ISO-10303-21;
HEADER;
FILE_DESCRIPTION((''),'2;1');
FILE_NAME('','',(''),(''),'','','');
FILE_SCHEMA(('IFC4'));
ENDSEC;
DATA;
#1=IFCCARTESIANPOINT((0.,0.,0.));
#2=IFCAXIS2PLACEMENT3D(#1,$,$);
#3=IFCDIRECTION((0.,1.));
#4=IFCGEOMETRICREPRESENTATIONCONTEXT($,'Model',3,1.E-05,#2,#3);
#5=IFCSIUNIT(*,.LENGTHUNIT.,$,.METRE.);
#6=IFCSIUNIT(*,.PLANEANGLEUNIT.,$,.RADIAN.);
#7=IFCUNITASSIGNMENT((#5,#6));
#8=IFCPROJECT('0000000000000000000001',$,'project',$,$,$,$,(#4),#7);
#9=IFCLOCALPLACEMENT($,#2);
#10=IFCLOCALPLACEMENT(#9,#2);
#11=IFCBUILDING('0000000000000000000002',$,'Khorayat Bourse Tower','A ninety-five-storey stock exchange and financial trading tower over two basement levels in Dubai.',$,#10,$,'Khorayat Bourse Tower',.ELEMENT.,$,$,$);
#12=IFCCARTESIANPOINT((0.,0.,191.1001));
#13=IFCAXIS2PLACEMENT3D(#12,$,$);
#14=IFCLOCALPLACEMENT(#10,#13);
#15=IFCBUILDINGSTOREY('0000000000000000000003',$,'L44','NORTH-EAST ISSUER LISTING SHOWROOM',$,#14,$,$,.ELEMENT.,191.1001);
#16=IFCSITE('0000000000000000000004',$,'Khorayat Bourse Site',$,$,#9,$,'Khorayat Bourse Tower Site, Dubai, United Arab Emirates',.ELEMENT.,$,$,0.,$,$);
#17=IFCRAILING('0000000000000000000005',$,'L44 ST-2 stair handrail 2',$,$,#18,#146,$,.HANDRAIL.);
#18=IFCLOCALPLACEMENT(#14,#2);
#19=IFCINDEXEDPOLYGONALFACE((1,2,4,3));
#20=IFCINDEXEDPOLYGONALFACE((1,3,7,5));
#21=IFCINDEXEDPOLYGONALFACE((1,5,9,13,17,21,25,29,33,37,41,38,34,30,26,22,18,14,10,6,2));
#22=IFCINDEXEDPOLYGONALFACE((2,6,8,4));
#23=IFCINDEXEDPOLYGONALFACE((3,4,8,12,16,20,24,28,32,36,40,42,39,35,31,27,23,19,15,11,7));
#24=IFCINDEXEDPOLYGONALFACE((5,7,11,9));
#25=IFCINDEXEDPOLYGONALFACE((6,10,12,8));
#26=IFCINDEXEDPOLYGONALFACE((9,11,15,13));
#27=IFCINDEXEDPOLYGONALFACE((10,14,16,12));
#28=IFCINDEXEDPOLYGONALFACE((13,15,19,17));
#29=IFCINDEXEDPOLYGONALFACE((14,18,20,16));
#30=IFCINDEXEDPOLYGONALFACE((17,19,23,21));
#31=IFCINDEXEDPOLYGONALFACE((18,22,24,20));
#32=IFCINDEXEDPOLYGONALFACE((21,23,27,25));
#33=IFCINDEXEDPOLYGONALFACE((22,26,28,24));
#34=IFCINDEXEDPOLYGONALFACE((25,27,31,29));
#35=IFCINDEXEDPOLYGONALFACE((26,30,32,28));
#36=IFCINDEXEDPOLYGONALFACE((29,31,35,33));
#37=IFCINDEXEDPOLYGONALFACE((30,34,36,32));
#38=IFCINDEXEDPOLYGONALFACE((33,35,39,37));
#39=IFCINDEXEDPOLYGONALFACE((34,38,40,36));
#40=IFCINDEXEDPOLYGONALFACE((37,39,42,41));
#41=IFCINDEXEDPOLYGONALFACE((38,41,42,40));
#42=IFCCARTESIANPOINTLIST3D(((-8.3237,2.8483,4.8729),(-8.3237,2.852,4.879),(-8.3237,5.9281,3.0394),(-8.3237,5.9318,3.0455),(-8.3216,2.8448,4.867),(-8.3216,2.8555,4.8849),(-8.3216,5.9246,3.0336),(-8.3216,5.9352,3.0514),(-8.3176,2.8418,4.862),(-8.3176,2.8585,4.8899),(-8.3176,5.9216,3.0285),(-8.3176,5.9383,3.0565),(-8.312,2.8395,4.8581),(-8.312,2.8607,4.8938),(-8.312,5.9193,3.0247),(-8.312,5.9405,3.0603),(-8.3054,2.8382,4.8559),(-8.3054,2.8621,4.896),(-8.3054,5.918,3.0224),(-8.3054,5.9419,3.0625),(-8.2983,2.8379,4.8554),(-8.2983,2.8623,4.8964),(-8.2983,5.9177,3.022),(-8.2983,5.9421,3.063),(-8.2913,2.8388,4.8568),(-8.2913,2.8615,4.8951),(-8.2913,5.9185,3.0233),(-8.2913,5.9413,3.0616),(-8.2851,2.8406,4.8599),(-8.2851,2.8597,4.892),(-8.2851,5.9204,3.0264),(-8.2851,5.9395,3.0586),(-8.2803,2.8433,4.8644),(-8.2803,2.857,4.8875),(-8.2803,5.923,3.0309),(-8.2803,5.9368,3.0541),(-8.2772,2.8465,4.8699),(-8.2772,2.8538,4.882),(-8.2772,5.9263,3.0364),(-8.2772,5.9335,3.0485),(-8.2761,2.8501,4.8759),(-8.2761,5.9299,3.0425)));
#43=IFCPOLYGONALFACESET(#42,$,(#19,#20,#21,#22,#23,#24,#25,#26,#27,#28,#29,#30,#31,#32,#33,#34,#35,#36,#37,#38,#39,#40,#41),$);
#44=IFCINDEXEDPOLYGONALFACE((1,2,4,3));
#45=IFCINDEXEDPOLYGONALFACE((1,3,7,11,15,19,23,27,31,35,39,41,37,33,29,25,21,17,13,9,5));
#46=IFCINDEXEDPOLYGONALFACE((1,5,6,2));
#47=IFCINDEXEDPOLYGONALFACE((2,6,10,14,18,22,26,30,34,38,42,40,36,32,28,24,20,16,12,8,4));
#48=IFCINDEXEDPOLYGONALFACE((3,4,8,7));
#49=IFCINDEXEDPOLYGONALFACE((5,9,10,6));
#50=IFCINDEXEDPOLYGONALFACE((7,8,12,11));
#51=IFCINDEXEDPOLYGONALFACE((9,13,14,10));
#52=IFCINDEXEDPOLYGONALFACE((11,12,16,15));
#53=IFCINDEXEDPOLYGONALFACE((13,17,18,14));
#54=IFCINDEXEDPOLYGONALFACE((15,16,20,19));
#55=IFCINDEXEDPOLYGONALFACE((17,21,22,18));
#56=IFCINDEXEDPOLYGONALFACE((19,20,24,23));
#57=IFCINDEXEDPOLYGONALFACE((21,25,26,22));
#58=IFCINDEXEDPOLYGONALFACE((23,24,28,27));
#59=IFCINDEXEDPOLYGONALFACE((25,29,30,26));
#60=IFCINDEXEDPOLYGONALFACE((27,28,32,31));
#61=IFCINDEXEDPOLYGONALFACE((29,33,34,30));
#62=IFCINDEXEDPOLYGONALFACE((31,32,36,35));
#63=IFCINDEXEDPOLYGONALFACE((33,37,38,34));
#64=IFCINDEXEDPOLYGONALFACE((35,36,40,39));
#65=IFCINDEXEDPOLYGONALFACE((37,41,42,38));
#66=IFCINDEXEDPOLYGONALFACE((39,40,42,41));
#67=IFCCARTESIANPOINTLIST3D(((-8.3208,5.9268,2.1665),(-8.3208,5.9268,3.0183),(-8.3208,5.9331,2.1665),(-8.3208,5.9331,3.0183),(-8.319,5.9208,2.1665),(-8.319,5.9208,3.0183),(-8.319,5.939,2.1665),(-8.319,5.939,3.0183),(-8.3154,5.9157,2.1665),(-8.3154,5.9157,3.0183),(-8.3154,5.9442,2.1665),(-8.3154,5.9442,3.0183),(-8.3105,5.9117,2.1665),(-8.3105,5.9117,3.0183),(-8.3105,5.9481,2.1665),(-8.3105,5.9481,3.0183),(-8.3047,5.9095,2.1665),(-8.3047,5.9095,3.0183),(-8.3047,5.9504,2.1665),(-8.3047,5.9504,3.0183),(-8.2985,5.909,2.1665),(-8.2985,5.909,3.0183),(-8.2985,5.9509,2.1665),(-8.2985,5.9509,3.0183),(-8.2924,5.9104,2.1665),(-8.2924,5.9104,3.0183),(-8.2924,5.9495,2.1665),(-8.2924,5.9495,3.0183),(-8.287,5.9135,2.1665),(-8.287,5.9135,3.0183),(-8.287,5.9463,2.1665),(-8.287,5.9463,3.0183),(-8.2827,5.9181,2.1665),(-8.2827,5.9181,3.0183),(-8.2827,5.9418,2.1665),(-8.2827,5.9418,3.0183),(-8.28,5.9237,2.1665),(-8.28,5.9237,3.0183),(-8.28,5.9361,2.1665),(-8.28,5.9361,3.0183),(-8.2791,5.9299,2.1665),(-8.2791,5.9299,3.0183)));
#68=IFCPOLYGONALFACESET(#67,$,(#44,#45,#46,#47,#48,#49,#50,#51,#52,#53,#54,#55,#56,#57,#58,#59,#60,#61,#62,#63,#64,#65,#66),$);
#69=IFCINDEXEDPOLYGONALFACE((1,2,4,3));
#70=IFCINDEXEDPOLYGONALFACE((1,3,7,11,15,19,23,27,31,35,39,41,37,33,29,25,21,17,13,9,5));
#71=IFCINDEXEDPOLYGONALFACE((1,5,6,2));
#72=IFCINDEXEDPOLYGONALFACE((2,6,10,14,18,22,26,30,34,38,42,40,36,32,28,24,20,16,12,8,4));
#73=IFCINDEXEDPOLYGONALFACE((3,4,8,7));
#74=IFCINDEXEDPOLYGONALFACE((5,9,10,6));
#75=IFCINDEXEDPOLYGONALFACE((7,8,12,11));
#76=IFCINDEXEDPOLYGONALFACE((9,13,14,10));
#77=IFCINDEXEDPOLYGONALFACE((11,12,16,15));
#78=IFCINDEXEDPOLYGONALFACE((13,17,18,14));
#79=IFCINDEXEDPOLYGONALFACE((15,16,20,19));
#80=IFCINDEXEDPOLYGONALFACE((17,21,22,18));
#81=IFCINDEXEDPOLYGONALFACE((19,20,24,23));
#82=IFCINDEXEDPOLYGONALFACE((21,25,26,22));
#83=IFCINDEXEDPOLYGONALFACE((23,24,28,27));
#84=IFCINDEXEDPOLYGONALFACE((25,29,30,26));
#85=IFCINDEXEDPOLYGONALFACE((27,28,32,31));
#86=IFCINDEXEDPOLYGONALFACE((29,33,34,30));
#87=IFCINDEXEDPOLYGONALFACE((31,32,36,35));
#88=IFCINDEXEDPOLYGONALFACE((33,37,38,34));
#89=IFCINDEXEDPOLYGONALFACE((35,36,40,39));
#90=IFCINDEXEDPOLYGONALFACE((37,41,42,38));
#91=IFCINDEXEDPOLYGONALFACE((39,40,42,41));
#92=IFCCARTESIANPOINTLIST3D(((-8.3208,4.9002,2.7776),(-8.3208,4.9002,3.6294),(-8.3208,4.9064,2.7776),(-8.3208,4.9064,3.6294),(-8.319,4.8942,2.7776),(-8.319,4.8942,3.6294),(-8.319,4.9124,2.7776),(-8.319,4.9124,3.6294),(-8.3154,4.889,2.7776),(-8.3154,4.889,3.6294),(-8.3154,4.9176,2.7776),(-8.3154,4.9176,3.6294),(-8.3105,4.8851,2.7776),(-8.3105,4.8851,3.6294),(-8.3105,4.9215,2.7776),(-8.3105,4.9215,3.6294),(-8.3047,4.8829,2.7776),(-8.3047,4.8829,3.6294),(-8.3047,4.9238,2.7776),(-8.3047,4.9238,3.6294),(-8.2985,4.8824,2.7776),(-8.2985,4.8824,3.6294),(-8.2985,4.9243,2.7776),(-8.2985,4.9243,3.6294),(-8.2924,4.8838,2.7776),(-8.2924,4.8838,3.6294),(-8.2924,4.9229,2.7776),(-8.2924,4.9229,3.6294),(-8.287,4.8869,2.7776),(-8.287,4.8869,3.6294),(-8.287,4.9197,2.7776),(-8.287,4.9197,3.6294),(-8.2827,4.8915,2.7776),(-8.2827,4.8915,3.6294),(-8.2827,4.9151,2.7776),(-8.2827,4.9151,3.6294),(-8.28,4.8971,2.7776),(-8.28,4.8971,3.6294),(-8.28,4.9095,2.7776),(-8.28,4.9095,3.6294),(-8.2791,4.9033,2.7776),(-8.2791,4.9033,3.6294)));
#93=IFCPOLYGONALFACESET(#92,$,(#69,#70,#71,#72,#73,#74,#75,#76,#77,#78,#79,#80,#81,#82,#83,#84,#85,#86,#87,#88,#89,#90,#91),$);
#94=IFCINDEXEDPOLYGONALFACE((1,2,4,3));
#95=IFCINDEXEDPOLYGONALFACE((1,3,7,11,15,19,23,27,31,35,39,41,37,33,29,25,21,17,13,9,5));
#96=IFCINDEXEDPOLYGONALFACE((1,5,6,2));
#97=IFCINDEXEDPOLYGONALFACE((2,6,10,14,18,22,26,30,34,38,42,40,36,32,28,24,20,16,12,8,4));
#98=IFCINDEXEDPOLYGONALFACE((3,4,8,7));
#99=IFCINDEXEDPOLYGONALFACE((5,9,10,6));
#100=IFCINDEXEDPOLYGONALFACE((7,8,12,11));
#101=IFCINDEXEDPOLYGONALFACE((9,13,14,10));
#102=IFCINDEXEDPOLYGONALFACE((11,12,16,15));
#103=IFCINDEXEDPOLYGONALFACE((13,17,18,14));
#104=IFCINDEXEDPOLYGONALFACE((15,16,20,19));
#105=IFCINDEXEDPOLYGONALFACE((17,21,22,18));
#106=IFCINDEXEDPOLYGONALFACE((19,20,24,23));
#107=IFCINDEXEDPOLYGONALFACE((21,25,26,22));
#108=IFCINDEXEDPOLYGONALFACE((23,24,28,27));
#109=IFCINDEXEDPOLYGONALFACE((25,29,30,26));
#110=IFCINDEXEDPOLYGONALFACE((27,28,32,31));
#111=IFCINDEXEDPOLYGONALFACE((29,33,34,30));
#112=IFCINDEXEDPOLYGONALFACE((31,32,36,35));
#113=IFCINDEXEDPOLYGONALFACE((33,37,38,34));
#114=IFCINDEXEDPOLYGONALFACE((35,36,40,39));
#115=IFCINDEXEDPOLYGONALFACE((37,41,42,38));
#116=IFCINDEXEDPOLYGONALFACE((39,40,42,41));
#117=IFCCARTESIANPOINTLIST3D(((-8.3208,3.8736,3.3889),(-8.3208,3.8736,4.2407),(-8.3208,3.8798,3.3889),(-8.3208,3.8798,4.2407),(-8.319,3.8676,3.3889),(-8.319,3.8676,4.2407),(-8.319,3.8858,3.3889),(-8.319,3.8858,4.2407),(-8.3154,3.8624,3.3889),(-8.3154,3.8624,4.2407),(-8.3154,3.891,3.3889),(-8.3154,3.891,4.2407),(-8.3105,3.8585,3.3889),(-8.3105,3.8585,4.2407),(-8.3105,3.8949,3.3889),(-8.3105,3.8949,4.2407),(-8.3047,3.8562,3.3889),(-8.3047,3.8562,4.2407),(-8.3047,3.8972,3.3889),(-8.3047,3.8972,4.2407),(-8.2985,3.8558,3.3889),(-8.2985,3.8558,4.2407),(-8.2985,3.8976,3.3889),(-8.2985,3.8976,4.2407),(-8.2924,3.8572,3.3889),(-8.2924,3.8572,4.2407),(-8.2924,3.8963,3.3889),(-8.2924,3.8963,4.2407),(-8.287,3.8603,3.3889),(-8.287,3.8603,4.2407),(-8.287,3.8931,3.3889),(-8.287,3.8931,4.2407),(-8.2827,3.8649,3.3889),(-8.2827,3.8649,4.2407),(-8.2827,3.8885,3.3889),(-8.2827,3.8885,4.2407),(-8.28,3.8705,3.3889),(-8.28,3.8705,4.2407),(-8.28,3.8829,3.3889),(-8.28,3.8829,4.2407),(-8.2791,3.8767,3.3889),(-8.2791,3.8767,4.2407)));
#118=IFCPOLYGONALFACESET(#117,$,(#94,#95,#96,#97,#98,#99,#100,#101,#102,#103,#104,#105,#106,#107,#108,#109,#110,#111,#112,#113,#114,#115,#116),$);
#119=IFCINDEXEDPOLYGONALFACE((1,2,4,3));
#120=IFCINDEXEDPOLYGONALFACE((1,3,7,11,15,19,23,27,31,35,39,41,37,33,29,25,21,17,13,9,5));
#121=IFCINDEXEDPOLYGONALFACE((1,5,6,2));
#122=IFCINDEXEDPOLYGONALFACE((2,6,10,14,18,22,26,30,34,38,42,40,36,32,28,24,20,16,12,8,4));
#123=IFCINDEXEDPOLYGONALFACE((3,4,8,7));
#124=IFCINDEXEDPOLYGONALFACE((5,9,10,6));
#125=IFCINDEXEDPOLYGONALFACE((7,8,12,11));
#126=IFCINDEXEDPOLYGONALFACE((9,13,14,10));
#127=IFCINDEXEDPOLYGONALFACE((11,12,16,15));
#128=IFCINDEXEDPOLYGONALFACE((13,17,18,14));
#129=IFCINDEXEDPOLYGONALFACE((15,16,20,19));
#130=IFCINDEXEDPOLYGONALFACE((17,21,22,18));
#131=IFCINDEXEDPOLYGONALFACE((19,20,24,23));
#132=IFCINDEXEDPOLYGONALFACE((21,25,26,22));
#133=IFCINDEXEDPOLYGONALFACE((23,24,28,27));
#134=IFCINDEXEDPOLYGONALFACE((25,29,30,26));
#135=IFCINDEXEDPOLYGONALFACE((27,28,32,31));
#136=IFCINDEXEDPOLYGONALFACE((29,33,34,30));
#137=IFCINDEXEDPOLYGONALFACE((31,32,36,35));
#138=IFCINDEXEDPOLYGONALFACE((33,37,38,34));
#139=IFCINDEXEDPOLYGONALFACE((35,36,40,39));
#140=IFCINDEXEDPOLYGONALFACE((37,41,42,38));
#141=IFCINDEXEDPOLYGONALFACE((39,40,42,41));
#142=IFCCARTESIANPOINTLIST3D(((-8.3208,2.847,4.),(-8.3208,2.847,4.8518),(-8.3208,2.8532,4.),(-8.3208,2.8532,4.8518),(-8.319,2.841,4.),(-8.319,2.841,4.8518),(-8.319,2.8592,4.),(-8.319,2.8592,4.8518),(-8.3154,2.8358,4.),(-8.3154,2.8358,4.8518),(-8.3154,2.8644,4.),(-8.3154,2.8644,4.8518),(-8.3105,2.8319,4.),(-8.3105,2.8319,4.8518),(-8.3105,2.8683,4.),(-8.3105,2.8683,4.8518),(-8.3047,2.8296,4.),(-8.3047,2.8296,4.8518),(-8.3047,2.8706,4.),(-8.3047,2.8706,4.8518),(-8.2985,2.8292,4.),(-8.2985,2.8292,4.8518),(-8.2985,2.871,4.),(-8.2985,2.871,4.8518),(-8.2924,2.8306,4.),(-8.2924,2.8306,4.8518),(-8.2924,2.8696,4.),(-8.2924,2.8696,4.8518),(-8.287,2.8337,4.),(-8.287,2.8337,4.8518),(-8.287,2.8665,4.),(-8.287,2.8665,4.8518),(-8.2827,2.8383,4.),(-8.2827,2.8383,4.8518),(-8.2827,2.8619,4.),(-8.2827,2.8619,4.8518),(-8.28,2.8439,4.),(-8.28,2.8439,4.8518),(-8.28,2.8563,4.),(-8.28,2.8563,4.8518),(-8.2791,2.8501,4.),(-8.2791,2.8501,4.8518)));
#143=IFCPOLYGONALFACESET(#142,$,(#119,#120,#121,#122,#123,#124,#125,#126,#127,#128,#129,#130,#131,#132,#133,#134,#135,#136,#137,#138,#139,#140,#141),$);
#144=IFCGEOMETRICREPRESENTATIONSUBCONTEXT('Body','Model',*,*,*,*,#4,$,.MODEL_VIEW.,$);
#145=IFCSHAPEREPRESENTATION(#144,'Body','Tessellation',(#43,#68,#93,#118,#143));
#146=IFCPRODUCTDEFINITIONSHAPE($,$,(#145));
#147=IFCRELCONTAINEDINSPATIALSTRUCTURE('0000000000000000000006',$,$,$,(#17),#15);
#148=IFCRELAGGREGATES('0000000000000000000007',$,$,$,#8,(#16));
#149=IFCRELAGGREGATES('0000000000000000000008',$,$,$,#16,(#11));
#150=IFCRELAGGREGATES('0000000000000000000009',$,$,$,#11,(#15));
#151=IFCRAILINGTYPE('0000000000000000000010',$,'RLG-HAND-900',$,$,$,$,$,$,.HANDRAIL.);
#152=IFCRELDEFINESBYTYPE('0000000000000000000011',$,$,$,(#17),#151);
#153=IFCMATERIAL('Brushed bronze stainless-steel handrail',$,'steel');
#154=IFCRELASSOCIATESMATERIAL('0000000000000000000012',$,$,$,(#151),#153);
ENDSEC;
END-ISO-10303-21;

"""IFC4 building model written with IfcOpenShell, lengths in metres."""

from ifc_helpers import new_model, si_unit, direction, frame, origin, origin_2d, place, context, subcontext, project, spatial, circle, extrude, source, transform, mapped, material, type_object, element, save


model = new_model("IFC4")

# Units and contexts
model_context = context("Model", 3, precision=1e-05, world=origin(), true_north=direction((0.0, 1.0)))
body_context = subcontext(model_context, "Body", "Model", "MODEL_VIEW")
ifc_project = project(units=[si_unit("LENGTHUNIT", "METRE"), si_unit("PLANEANGLEUNIT", "RADIAN")], contexts=[model_context])

# Site, building, storey
site_placement = place(None, origin())
site = spatial("IfcSite", under=ifc_project, at=site_placement, Name="Khorayat Bourse Site", LongName="Khorayat Bourse Tower Site, Dubai, United Arab Emirates", CompositionType="ELEMENT", RefElevation=0.0)
building_placement = place(site_placement, origin())
building = spatial("IfcBuilding", under=site, at=building_placement, Name="Khorayat Bourse Tower", Description="A ninety-five-storey stock exchange and financial trading tower over two basement levels in Dubai.", LongName="Khorayat Bourse Tower", CompositionType="ELEMENT")
storey_placement = place(building_placement, frame((0.0, 0.0, 191.1001)))
storey = spatial("IfcBuildingStorey", under=building, at=storey_placement, Name="L44", Description="NORTH-EAST ISSUER LISTING SHOWROOM", CompositionType="ELEMENT", Elevation=191.1001)

# Railing
ifc_material_1 = material(Name="Brushed bronze stainless-steel handrail", Category="steel")
railing_type_1 = type_object("IfcRailingType", Name="RLG-HAND-900", PredefinedType="HANDRAIL", material=ifc_material_1)
shared_shape_1 = source(origin(), body_context, "Body", "SweptSolid", [
    extrude(circle(Radius=0.0239, at=origin_2d()), frame((0.0, 0.0, 0.876), z_axis=(0.0, -0.859261, 0.511538), x_axis=(1.0, 0.0, 0.0)), (0.0, 0.0, 1.0), 3.5842),
    extrude(circle(Radius=0.021, at=origin_2d()), origin(), (0.0, 0.0, 1.0), 0.8518),
    extrude(circle(Radius=0.021, at=origin_2d()), frame((0.0, -1.0266, 0.6111)), (0.0, 0.0, 1.0), 0.8518),
    extrude(circle(Radius=0.021, at=origin_2d()), frame((0.0, -2.0532, 1.2224)), (0.0, 0.0, 1.0), 0.8518),
    extrude(circle(Radius=0.021, at=origin_2d()), frame((0.0, -3.0798, 1.8335)), (0.0, 0.0, 1.0), 0.8518),
])
railing_1_placement = place(storey_placement, frame((-8.3, 5.9299, 2.1665)))
element("IfcRailing", 1, at=railing_1_placement, inside=storey, type_object=railing_type_1, Name="L44 ST-2 stair handrail 2", PredefinedType="HANDRAIL", context=body_context, shape_type="MappedRepresentation", body=[
    mapped(shared_shape_1, transform((0.0, 0.0, 0.0), scale=1.0)),
])

save(model, "model.ifc")
